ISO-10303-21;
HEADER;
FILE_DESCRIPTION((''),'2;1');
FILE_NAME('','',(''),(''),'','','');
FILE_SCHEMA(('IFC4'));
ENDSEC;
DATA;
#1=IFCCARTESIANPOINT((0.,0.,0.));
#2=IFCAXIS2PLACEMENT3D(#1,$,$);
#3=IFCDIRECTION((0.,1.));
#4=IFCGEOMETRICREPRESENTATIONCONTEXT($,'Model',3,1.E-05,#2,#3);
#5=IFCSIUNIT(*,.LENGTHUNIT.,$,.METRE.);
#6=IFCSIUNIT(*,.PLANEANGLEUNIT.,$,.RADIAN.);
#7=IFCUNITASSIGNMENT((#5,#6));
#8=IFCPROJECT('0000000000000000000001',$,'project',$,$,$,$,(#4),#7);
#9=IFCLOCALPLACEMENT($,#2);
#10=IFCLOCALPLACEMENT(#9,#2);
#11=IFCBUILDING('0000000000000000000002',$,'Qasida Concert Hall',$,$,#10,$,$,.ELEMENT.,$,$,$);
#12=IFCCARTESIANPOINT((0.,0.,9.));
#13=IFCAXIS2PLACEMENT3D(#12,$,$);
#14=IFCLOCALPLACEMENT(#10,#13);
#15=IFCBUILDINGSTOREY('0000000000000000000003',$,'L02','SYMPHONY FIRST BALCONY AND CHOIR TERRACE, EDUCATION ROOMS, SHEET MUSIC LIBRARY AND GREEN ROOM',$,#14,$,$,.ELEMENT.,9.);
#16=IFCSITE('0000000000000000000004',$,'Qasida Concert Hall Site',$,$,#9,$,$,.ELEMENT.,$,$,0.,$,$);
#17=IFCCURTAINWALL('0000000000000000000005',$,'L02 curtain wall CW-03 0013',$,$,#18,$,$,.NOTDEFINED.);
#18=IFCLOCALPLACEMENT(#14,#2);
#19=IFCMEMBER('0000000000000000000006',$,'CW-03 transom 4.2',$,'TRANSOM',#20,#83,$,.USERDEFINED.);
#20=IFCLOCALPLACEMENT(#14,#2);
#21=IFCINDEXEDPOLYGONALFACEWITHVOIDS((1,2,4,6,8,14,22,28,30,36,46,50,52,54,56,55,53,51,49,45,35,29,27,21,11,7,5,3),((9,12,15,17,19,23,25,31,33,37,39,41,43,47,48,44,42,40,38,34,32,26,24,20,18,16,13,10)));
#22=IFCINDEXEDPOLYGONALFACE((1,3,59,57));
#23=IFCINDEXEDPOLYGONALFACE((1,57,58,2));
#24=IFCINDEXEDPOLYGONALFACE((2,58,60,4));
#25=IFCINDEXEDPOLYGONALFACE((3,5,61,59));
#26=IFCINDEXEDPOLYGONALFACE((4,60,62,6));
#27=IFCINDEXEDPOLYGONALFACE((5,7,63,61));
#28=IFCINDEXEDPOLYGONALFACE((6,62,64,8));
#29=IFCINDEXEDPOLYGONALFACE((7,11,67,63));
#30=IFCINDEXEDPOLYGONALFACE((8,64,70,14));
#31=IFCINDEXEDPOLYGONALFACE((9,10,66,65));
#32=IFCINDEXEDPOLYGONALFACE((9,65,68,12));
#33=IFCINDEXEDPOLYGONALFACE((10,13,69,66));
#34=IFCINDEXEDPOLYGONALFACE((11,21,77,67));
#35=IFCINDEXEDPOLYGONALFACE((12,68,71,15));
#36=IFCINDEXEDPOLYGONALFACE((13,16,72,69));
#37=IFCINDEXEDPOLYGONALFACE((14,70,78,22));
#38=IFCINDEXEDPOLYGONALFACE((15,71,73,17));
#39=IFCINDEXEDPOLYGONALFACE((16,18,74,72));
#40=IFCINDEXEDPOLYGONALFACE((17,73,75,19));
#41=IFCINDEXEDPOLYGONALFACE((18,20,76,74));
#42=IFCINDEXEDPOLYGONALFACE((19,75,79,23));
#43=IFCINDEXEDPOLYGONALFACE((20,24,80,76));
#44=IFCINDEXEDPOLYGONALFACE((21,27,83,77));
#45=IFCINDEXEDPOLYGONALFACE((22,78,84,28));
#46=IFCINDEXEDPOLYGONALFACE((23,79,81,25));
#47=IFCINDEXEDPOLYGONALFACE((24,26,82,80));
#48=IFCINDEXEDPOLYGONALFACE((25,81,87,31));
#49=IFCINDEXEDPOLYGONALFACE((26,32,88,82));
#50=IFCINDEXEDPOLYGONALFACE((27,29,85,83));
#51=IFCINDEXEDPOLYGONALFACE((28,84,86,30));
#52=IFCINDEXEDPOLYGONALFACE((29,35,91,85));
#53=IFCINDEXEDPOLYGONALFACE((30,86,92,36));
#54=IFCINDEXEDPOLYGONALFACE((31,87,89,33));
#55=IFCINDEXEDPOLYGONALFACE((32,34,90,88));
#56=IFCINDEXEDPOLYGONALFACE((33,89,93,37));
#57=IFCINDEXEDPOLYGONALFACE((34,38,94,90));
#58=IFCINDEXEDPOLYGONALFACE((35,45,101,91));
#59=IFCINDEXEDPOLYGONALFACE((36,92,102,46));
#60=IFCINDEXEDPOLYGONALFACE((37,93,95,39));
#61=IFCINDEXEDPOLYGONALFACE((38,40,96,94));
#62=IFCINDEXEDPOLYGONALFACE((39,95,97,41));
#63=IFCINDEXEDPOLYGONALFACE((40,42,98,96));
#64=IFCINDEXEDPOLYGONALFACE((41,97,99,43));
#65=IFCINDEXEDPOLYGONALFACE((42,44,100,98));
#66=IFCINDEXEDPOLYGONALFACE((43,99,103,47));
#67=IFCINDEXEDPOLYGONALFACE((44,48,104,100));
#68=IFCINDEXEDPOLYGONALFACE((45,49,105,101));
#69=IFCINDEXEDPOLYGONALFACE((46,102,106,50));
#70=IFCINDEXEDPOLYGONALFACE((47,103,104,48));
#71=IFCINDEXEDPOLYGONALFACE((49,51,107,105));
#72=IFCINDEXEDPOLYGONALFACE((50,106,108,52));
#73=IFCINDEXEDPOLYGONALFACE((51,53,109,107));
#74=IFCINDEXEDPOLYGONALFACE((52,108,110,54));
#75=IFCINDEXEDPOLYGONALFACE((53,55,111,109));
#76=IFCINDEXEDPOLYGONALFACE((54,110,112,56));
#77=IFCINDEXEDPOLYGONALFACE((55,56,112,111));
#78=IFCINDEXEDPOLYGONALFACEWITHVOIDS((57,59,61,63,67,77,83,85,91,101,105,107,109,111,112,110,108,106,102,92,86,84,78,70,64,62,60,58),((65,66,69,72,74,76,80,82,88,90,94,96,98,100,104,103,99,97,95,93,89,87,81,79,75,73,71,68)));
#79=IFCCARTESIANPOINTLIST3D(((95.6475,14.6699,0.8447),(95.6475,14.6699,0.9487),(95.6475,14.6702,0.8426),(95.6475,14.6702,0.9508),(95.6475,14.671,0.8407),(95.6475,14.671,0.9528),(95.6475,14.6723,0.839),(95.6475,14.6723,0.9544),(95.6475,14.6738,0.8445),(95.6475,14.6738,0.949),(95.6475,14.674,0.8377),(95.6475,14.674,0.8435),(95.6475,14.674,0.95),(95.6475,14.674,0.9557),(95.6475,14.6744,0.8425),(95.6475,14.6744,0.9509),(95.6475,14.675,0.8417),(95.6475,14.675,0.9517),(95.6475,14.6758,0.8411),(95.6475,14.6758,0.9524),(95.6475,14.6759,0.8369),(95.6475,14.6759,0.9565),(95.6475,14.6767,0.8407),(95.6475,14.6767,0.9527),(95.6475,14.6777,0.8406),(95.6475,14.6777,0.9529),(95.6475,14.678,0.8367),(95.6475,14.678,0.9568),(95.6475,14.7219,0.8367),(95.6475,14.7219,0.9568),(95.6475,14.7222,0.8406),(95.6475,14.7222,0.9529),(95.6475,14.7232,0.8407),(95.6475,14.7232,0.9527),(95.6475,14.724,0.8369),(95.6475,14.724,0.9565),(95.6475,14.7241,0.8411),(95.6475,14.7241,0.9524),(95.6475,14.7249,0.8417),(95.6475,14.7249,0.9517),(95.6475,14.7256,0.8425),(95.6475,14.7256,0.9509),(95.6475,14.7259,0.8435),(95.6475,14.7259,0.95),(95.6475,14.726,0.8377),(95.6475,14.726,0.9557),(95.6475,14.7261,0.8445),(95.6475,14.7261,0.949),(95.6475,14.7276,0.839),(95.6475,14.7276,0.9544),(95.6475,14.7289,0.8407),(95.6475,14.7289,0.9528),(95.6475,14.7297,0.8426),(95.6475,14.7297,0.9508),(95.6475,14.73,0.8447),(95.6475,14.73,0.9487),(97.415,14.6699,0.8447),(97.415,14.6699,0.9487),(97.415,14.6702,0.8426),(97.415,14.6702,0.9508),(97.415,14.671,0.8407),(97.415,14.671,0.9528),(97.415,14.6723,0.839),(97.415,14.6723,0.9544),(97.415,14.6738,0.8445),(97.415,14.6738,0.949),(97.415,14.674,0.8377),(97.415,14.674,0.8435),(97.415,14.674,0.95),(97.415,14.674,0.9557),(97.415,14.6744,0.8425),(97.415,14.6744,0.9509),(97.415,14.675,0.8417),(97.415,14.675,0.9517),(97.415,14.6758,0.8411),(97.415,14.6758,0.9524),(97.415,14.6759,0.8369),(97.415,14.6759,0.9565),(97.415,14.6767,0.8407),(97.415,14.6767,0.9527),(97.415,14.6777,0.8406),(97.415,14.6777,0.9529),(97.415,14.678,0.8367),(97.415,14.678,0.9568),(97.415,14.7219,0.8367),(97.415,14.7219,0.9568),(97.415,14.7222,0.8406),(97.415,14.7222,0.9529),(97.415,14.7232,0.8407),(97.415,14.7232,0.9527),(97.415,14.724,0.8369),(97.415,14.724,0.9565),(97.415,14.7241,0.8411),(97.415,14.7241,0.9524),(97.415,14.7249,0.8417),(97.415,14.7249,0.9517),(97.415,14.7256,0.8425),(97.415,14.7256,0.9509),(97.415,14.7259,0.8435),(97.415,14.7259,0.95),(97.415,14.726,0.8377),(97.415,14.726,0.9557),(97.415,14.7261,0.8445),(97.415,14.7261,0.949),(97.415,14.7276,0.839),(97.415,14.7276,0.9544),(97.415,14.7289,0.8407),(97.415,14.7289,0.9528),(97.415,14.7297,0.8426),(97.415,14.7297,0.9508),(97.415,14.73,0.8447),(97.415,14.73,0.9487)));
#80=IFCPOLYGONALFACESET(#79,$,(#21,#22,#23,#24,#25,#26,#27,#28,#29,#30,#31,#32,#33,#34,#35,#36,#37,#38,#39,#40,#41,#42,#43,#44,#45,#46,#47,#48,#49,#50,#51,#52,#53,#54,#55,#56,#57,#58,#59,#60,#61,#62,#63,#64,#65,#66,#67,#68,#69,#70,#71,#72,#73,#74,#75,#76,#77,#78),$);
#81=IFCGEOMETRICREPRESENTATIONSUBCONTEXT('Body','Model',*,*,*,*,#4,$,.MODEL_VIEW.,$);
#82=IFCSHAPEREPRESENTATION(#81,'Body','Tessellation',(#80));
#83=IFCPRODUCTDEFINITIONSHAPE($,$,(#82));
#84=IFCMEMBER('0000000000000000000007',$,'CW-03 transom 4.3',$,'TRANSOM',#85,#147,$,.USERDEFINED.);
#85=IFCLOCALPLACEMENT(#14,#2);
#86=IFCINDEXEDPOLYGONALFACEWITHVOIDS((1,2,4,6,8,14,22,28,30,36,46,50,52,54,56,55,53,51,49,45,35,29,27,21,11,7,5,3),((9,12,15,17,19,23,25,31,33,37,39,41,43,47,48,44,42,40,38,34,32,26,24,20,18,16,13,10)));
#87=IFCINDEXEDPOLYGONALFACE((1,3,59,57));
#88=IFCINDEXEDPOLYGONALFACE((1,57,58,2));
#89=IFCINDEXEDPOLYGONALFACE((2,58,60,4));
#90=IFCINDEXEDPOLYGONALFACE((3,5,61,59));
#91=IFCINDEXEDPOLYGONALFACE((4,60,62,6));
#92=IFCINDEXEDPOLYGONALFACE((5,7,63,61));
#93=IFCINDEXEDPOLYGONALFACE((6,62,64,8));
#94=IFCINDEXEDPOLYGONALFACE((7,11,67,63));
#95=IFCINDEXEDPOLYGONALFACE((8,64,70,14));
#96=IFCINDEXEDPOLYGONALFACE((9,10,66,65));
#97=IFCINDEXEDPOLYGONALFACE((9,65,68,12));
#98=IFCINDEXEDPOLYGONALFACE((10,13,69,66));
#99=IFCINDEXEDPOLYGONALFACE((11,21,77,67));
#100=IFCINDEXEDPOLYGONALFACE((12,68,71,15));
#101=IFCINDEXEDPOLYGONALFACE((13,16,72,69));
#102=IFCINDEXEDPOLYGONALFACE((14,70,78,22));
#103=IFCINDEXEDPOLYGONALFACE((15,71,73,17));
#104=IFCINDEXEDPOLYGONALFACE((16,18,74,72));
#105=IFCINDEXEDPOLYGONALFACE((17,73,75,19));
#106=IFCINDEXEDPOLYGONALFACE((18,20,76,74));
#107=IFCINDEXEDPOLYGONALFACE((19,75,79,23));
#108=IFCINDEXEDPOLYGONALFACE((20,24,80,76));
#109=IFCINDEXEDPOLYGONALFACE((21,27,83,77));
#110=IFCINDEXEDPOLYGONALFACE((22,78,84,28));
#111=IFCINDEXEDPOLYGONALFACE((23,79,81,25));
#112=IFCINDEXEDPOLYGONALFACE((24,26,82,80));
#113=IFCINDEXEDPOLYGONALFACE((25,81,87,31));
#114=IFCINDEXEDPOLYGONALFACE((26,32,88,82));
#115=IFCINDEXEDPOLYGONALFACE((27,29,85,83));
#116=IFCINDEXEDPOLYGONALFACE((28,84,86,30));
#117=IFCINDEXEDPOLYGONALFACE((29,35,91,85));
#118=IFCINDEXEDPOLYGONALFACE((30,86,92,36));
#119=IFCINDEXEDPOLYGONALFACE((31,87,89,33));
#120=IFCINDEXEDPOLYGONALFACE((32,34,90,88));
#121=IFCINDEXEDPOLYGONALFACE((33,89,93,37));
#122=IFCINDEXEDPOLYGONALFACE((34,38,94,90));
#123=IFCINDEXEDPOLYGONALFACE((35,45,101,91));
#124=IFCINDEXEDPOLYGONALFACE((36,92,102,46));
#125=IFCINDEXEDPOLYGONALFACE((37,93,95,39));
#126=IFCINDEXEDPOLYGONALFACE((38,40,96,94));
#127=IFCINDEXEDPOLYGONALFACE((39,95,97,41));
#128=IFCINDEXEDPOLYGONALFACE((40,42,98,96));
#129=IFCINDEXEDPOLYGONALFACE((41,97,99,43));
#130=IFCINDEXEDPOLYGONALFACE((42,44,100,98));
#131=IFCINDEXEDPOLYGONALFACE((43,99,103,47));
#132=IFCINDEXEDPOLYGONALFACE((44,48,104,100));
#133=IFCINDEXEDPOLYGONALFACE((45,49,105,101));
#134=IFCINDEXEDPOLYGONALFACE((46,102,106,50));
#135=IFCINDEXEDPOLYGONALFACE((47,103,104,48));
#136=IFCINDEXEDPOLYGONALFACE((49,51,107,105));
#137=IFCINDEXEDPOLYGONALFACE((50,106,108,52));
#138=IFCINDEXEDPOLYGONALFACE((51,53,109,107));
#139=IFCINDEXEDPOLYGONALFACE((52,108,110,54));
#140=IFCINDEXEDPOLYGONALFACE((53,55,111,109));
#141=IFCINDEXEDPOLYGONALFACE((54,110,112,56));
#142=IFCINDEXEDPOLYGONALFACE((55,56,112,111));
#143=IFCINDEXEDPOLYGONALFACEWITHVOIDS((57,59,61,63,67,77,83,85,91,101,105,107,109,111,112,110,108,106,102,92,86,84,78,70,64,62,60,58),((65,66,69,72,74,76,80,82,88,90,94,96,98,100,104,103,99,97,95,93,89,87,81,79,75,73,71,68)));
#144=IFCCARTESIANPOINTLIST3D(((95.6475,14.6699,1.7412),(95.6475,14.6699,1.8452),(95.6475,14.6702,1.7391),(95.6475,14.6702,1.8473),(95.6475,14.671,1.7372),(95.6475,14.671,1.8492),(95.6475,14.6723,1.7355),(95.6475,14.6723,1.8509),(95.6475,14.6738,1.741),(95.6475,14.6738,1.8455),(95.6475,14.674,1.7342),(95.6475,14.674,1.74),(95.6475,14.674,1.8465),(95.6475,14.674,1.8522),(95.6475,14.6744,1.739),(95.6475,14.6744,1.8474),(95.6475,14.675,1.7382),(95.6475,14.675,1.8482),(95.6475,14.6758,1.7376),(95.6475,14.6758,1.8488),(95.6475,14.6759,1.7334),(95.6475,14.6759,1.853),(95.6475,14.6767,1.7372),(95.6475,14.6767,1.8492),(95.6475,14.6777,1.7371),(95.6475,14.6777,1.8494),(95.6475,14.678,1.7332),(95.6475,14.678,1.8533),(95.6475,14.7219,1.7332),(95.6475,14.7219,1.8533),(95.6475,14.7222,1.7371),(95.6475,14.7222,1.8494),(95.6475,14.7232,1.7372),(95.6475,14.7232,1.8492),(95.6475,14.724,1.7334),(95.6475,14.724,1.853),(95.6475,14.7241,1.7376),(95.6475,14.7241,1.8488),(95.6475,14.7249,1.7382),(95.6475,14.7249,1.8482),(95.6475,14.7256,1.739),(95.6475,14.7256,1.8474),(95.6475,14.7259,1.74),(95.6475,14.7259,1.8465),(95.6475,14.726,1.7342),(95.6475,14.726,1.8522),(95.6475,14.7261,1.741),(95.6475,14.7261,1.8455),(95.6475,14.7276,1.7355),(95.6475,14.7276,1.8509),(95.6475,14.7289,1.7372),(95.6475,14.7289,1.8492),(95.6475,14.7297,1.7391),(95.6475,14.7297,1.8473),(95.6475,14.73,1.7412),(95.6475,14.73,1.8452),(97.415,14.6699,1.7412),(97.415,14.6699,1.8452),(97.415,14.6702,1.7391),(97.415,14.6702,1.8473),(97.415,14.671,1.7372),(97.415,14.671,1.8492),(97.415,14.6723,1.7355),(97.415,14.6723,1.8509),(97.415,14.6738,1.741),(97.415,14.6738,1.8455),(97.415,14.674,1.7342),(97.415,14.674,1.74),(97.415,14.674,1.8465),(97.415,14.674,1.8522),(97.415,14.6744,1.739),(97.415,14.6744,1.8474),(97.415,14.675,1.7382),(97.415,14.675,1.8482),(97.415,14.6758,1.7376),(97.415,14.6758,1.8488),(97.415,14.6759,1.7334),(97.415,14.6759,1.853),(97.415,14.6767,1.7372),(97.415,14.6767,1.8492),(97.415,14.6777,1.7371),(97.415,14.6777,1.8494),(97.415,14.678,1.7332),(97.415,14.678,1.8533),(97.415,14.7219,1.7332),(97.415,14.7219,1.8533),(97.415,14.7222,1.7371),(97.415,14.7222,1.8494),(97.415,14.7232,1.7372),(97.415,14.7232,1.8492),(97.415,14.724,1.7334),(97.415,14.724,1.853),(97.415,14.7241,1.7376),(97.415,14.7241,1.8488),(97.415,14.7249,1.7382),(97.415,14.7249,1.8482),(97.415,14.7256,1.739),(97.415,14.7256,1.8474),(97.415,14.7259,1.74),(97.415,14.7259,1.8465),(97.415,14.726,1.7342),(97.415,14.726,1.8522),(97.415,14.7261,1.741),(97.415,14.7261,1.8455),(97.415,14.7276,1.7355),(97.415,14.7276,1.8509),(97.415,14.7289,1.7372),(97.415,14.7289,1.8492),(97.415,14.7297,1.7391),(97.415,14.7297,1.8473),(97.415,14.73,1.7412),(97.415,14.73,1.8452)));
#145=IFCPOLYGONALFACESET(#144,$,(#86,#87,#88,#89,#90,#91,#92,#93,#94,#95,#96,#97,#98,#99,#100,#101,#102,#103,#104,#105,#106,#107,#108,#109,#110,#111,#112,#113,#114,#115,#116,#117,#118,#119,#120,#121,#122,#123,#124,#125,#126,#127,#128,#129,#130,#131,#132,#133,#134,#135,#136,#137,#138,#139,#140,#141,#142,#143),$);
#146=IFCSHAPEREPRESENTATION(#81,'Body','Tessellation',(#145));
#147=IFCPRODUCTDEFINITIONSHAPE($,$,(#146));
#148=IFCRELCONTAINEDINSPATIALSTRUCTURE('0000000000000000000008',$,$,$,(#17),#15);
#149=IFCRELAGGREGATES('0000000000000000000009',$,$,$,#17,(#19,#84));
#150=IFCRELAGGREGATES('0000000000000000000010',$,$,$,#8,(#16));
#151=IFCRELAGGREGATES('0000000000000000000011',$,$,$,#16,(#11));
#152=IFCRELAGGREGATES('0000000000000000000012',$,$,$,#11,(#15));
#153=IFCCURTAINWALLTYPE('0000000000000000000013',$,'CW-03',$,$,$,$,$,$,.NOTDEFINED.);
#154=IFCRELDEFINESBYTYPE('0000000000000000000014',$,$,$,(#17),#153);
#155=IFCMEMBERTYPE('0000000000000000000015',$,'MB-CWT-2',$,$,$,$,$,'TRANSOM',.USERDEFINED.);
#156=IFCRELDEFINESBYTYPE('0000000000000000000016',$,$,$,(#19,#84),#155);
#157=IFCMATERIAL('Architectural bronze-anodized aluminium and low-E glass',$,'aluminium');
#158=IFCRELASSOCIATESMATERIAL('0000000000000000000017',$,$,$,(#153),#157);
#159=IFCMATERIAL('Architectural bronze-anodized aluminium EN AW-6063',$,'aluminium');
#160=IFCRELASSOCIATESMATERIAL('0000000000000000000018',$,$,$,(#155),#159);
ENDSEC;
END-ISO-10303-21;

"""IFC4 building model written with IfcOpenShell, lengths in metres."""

from ifc_helpers import new_model, si_unit, direction, frame, origin, origin_2d, place, context, subcontext, project, spatial, hollow_rectangle, extrude, material, material_profile, profile_set, type_object, element, aggregate, save


model = new_model("IFC4")

# Units and contexts
model_context = context("Model", 3, precision=1e-05, world=origin(), true_north=direction((0.0, 1.0)))
body_context = subcontext(model_context, "Body", "Model", "MODEL_VIEW")
ifc_project = project(units=[si_unit("LENGTHUNIT", "METRE"), si_unit("PLANEANGLEUNIT", "RADIAN")], contexts=[model_context])

# Site, building, storey
site_placement = place(None, origin())
site = spatial("IfcSite", under=ifc_project, at=site_placement, Name="Qasida Concert Hall Site", CompositionType="ELEMENT", RefElevation=0.0)
building_placement = place(site_placement, origin())
building = spatial("IfcBuilding", under=site, at=building_placement, Name="Qasida Concert Hall", CompositionType="ELEMENT")
storey_placement = place(building_placement, frame((0.0, 0.0, 9.0)))
storey = spatial("IfcBuildingStorey", under=building, at=storey_placement, Name="L02", Description="SYMPHONY FIRST BALCONY AND CHOIR TERRACE, EDUCATION ROOMS, SHEET MUSIC LIBRARY AND GREEN ROOM", CompositionType="ELEMENT", Elevation=9.0)

# Curtain wall
ifc_material_1 = material(Name="Architectural bronze-anodized aluminium and low-E glass", Category="aluminium")
curtain_wall_type = type_object("IfcCurtainWallType", Name="CW-03", PredefinedType="NOTDEFINED", material=ifc_material_1)
curtain_wall_1_placement = place(storey_placement, origin())
curtain_wall_1 = element("IfcCurtainWall", 1, at=curtain_wall_1_placement, inside=storey, type_object=curtain_wall_type, Name="L02 curtain wall CW-03 0013", PredefinedType="NOTDEFINED")
ifc_material_2 = material(Name="Architectural bronze-anodized aluminium EN AW-6063", Category="aluminium")

# Members
ifc_material_profile_1 = material_profile(ifc_material_2, hollow_rectangle(XDim=0.0601, YDim=0.1201, WallThickness=0.0039, InnerFilletRadius=0.0039, OuterFilletRadius=0.0081, at=origin_2d()), Name="CWT 120x60x4")
ifc_profile_set_1 = profile_set([ifc_material_profile_1], Name="Architectural bronze-anodized aluminium EN AW-6063")
member_type_1 = type_object("IfcMemberType", Name="MB-CWT-2", ElementType="TRANSOM", PredefinedType="USERDEFINED", material=ifc_profile_set_1)
member_1_placement = place(storey_placement, frame((95.6475, 14.7, 0.8967), z_axis=(1.0, 0.0, 0.0), x_axis=(0.0, 1.0, 0.0)))
member_1 = element("IfcMember", 2, at=member_1_placement, type_object=member_type_1, Name="CW-03 transom 4.2", ObjectType="TRANSOM", PredefinedType="USERDEFINED", context=body_context, shape_type="SweptSolid", body=[
    extrude(hollow_rectangle(XDim=0.0601, YDim=0.1201, WallThickness=0.0039, InnerFilletRadius=0.0039, OuterFilletRadius=0.0081, at=origin_2d()), origin(), (0.0, 0.0, 1.0), 1.7676),
])
member_2_placement = place(storey_placement, frame((95.6475, 14.7, 1.7932), z_axis=(1.0, 0.0, 0.0), x_axis=(0.0, 1.0, 0.0)))
member_2 = element("IfcMember", 3, at=member_2_placement, type_object=member_type_1, Name="CW-03 transom 4.3", ObjectType="TRANSOM", PredefinedType="USERDEFINED", context=body_context, shape_type="SweptSolid", body=[
    extrude(hollow_rectangle(XDim=0.0601, YDim=0.1201, WallThickness=0.0039, InnerFilletRadius=0.0039, OuterFilletRadius=0.0081, at=origin_2d()), origin(), (0.0, 0.0, 1.0), 1.7676),
])

aggregate(curtain_wall_1, [member_1, member_2])

save(model, "model.ifc")
